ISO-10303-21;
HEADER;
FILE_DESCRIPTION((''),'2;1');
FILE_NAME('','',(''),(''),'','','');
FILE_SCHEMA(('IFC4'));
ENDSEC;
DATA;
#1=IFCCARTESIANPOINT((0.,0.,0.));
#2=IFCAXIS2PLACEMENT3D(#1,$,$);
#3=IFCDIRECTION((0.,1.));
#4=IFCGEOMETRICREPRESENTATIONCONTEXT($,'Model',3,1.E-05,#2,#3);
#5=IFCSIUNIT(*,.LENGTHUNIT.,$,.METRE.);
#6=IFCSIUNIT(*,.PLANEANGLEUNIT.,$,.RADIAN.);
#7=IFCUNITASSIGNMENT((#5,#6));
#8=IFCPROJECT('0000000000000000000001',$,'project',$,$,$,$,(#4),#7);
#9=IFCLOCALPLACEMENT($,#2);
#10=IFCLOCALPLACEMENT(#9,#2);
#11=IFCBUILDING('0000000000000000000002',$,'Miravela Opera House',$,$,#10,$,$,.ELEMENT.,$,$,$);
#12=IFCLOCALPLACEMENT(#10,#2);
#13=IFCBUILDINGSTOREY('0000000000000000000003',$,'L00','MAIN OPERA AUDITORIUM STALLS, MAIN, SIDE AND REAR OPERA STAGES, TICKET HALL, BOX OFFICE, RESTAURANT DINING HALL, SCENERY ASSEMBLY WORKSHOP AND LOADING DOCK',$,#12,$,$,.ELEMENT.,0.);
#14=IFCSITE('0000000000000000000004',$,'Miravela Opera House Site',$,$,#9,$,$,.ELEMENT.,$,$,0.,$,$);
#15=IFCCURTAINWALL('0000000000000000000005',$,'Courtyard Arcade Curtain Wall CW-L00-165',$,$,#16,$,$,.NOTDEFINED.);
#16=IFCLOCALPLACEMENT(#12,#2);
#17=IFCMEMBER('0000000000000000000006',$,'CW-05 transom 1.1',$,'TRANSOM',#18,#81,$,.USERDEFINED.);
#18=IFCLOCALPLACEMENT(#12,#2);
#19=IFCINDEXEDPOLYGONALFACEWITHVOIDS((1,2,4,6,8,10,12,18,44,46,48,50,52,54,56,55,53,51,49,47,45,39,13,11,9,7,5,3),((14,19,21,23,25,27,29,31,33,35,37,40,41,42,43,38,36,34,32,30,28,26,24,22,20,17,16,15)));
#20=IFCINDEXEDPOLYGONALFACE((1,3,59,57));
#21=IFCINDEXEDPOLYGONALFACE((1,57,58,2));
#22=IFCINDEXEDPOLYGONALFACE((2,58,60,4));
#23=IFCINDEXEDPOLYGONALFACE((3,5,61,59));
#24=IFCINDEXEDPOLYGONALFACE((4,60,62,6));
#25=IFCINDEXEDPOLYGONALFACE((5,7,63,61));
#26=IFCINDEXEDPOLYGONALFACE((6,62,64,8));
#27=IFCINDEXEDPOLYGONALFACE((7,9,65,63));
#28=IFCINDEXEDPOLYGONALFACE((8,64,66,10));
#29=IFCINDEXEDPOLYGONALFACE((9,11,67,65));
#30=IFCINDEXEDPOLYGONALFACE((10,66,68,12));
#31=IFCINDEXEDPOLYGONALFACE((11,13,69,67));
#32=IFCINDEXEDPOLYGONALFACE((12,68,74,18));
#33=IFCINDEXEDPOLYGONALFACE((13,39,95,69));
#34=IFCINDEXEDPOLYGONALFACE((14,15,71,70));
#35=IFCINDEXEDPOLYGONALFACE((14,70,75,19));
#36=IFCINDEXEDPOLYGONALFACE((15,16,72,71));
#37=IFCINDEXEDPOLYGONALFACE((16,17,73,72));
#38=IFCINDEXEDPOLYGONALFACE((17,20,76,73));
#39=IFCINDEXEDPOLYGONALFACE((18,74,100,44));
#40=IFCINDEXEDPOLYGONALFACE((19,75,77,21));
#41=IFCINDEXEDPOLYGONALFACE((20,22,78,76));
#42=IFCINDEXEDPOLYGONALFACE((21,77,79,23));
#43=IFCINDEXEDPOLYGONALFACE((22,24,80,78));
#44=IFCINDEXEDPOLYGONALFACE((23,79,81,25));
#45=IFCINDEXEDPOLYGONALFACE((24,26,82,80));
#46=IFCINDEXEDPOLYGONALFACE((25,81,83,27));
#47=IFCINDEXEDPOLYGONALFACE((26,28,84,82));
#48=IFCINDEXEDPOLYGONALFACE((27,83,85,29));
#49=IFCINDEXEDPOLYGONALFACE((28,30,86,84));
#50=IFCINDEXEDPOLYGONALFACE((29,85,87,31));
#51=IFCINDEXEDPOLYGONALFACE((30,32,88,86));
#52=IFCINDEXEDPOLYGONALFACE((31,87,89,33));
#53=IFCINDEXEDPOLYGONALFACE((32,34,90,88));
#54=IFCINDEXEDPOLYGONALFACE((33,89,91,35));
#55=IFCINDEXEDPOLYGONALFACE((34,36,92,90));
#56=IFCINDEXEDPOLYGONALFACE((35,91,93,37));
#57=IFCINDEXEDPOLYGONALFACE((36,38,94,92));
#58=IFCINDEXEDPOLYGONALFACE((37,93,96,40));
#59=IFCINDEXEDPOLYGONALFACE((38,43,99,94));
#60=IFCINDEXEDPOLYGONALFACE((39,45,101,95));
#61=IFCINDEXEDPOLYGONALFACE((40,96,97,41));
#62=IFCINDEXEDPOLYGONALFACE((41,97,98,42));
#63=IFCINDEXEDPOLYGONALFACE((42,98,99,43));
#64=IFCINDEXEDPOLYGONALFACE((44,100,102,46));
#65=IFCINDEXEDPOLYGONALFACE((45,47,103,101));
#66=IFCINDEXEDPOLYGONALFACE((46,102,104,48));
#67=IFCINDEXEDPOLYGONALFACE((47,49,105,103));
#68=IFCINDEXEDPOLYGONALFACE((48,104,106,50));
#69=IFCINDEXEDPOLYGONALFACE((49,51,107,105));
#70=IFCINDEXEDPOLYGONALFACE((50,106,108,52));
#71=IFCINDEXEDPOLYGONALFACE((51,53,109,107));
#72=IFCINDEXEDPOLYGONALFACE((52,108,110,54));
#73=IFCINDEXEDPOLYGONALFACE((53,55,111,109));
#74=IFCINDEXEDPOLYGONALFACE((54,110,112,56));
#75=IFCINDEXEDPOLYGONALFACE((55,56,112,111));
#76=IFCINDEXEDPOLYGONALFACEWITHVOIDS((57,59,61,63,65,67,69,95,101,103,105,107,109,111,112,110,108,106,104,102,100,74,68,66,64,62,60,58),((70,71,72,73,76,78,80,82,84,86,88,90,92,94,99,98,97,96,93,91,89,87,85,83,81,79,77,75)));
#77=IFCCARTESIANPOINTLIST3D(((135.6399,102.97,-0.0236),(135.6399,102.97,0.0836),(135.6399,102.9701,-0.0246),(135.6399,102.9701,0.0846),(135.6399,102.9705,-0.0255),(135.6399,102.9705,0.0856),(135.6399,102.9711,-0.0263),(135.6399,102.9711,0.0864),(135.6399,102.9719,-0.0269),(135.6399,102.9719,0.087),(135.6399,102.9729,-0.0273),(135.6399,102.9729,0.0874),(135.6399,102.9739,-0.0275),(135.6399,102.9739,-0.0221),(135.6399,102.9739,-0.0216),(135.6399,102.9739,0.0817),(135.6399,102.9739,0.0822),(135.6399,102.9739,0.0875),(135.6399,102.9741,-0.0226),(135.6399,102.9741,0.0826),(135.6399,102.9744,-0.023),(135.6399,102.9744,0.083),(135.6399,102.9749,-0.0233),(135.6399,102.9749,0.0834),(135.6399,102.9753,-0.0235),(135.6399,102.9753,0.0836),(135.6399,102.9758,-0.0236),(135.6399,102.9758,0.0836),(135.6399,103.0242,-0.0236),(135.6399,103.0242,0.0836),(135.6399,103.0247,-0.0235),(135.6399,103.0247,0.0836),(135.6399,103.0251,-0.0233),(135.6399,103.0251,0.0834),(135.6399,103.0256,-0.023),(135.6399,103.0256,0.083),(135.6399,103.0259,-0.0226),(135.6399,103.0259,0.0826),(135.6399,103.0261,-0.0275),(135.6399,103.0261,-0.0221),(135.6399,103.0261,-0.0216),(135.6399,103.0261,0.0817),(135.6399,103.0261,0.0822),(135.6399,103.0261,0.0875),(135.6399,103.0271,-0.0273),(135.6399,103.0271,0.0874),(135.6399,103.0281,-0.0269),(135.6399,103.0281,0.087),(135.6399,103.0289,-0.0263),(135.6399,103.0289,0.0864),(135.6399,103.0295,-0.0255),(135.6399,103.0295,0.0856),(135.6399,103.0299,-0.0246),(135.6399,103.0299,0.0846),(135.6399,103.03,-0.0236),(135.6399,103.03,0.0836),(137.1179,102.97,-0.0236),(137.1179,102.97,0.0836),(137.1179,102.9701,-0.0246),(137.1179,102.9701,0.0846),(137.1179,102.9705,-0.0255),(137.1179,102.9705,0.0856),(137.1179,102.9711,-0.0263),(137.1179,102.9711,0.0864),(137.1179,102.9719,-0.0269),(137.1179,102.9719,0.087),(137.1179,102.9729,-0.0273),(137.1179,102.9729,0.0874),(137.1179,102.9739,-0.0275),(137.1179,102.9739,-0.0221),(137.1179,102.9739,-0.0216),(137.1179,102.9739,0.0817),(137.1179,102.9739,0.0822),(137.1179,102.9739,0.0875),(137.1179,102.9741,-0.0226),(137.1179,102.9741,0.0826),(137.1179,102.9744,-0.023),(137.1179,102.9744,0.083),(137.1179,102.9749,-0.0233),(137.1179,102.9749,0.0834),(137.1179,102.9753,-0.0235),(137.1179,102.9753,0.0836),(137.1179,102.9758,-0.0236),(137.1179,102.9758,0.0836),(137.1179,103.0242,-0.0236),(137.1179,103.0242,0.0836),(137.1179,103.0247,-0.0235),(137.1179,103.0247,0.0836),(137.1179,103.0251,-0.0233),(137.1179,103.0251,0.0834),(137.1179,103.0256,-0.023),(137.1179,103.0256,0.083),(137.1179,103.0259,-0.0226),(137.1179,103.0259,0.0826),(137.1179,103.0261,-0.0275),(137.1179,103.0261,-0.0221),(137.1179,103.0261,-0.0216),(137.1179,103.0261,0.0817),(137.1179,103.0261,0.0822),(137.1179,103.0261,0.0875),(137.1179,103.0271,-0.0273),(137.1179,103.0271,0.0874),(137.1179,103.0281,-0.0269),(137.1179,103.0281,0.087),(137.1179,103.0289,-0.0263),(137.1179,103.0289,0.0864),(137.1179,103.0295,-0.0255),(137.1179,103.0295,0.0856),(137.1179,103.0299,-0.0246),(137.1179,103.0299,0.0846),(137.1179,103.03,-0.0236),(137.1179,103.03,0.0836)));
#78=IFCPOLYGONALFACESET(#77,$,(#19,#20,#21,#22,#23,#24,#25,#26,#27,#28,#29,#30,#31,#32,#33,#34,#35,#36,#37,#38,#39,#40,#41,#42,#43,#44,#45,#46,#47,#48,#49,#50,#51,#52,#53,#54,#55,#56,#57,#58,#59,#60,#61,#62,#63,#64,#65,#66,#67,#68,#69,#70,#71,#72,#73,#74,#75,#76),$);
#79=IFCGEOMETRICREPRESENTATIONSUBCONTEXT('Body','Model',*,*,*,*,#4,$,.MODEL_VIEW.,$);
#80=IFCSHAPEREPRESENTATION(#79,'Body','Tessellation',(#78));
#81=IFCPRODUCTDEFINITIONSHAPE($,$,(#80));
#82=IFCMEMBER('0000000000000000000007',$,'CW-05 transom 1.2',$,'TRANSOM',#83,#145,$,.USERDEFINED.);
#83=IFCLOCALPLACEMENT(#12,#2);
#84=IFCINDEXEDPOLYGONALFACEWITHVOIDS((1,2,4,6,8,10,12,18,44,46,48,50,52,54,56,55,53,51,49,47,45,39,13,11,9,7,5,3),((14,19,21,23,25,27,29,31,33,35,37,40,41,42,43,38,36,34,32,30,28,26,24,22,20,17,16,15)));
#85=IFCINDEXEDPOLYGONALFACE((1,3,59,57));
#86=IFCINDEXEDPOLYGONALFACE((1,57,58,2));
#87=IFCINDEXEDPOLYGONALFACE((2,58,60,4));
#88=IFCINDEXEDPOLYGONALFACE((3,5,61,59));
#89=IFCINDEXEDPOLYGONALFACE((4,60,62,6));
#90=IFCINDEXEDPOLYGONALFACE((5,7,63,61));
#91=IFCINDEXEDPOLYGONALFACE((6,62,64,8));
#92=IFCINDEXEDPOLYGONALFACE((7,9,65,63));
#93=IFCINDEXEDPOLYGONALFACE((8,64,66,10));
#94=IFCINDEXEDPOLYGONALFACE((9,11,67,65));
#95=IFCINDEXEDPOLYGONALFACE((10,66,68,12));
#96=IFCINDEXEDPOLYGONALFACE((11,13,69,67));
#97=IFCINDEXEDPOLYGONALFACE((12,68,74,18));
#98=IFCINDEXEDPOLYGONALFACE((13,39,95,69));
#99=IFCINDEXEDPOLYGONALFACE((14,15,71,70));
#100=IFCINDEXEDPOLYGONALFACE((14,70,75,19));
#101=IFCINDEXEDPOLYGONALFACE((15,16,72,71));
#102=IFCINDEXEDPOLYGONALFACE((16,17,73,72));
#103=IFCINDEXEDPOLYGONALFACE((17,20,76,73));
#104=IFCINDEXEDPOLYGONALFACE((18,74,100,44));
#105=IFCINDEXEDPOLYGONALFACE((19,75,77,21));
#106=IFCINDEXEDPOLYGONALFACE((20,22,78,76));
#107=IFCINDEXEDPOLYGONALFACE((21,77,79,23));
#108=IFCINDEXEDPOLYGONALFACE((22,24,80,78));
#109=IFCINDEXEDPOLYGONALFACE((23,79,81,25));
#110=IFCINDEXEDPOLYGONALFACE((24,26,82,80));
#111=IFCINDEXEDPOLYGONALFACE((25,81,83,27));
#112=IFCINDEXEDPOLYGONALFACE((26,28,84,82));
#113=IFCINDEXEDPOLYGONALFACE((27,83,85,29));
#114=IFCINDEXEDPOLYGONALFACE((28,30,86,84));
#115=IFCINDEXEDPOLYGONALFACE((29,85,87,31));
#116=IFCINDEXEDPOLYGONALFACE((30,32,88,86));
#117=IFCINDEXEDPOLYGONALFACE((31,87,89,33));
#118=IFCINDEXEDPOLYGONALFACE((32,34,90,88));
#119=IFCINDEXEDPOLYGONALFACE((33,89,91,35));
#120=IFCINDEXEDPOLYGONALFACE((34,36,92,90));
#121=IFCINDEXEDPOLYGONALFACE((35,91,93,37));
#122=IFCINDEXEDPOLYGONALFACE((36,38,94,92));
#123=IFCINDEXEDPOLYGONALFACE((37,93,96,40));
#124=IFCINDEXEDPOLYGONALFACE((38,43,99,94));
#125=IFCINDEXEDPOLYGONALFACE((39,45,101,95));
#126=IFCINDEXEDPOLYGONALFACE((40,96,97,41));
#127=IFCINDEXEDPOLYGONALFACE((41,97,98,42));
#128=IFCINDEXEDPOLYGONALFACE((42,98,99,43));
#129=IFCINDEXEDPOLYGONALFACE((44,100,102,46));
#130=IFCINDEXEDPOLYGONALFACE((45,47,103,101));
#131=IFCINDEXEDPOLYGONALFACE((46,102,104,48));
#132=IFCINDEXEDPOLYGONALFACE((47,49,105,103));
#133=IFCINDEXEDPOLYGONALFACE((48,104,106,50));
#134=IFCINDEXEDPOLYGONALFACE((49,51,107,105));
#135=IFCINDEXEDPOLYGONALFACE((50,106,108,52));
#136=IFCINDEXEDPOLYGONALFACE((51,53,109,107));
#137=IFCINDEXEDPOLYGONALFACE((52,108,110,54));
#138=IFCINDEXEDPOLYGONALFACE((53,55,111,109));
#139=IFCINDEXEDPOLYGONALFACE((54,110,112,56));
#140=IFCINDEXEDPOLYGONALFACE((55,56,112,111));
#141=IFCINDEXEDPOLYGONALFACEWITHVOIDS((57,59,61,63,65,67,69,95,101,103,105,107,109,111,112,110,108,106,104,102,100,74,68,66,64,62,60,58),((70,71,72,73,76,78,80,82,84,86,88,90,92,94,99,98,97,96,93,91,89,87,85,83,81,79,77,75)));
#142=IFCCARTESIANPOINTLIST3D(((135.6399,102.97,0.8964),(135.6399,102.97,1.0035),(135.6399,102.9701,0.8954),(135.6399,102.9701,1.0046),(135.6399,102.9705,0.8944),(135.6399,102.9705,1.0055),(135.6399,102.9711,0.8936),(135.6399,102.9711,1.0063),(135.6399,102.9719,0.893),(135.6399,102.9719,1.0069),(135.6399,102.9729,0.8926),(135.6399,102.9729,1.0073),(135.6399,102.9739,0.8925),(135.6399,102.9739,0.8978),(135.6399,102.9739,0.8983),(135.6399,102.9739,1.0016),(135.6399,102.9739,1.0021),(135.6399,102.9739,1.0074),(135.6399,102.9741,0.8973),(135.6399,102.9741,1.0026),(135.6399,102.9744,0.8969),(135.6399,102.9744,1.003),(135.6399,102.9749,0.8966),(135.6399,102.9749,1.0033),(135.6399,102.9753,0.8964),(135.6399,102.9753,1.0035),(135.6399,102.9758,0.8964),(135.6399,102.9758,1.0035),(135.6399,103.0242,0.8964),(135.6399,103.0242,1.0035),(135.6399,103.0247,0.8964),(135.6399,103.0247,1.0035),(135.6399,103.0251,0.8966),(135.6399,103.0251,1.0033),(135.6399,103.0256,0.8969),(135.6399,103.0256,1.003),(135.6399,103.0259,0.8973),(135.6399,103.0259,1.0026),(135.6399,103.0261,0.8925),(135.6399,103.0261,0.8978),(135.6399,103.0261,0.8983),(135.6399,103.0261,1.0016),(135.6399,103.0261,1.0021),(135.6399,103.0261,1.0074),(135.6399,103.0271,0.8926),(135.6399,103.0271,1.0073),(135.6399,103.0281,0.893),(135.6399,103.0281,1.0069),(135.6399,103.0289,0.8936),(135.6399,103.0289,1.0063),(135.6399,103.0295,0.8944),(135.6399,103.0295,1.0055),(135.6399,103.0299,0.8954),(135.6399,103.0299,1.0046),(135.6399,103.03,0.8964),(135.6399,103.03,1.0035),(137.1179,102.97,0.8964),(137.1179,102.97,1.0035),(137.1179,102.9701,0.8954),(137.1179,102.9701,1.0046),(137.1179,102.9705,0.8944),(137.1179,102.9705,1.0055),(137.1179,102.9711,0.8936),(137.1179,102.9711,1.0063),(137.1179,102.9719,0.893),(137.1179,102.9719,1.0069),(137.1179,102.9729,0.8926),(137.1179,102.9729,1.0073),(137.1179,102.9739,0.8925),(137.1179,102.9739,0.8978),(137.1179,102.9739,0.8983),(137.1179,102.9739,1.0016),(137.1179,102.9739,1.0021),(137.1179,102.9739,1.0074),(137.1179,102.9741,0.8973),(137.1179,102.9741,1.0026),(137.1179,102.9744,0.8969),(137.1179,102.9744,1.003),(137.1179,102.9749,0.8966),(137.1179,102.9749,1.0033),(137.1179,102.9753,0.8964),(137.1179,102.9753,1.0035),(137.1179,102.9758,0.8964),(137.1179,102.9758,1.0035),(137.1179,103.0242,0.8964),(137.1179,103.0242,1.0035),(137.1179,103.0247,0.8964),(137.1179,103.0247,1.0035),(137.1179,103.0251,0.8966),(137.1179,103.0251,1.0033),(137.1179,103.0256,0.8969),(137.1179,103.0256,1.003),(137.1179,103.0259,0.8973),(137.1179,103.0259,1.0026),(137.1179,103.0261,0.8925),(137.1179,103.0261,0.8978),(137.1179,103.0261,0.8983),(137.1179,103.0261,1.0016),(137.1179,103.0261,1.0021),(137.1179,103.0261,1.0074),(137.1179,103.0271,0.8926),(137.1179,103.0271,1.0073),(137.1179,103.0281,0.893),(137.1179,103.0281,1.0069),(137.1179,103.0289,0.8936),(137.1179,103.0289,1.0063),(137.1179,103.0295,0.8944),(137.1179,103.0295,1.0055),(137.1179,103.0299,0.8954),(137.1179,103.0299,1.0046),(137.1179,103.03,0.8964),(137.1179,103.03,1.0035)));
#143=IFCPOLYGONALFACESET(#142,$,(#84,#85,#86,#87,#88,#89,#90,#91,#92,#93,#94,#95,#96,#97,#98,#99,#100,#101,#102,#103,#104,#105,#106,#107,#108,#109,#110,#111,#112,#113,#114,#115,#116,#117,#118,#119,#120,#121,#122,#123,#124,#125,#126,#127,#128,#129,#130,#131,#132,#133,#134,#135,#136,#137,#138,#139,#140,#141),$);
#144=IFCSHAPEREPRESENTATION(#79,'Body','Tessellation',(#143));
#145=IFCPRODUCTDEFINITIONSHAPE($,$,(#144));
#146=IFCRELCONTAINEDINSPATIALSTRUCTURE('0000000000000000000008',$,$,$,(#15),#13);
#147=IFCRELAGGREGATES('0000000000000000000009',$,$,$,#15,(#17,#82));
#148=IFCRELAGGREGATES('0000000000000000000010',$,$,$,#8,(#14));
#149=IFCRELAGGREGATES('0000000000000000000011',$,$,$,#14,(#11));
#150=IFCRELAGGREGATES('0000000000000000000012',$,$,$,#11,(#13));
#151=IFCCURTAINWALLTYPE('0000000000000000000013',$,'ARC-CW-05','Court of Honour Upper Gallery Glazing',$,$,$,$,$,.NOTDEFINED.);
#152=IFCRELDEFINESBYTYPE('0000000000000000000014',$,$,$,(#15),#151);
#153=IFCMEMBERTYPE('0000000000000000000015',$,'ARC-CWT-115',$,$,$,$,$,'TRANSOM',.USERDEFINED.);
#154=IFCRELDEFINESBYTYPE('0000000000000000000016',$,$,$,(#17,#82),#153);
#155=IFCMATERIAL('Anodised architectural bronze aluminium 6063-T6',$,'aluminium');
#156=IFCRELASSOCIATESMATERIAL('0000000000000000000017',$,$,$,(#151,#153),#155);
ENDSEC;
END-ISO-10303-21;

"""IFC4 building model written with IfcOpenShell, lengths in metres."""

from ifc_helpers import new_model, si_unit, direction, frame, origin, origin_2d, place, context, subcontext, project, spatial, hollow_rectangle, extrude, material, material_profile, profile_set, type_object, element, aggregate, save


model = new_model("IFC4")

# Units and contexts
model_context = context("Model", 3, precision=1e-05, world=origin(), true_north=direction((0.0, 1.0)))
body_context = subcontext(model_context, "Body", "Model", "MODEL_VIEW")
ifc_project = project(units=[si_unit("LENGTHUNIT", "METRE"), si_unit("PLANEANGLEUNIT", "RADIAN")], contexts=[model_context])

# Site, building, storey
site_placement = place(None, origin())
site = spatial("IfcSite", under=ifc_project, at=site_placement, Name="Miravela Opera House Site", CompositionType="ELEMENT", RefElevation=0.0)
building_placement = place(site_placement, origin())
building = spatial("IfcBuilding", under=site, at=building_placement, Name="Miravela Opera House", CompositionType="ELEMENT")
storey_placement = place(building_placement, origin())
storey = spatial("IfcBuildingStorey", under=building, at=storey_placement, Name="L00", Description="MAIN OPERA AUDITORIUM STALLS, MAIN, SIDE AND REAR OPERA STAGES, TICKET HALL, BOX OFFICE, RESTAURANT DINING HALL, SCENERY ASSEMBLY WORKSHOP AND LOADING DOCK", CompositionType="ELEMENT", Elevation=0.0)

# Curtain wall
ifc_material_1 = material(Name="Anodised architectural bronze aluminium 6063-T6", Category="aluminium")
curtain_wall_type = type_object("IfcCurtainWallType", Name="ARC-CW-05", Description="Court of Honour Upper Gallery Glazing", PredefinedType="NOTDEFINED", material=ifc_material_1)
curtain_wall_1_placement = place(storey_placement, origin())
curtain_wall_1 = element("IfcCurtainWall", 1, at=curtain_wall_1_placement, inside=storey, type_object=curtain_wall_type, Name="Courtyard Arcade Curtain Wall CW-L00-165", PredefinedType="NOTDEFINED")

# Members
ifc_material_profile_1 = material_profile(ifc_material_1, hollow_rectangle(XDim=0.0601, YDim=0.115, WallThickness=0.0039, InnerFilletRadius=0.002, OuterFilletRadius=0.0039, at=origin_2d()), Name="CWT-60X115")
ifc_profile_set_1 = profile_set([ifc_material_profile_1])
member_type_1 = type_object("IfcMemberType", Name="ARC-CWT-115", ElementType="TRANSOM", PredefinedType="USERDEFINED", material=ifc_profile_set_1)
member_1_placement = place(storey_placement, frame((135.6399, 103.0, 0.03), z_axis=(1.0, 0.0, 0.0), x_axis=(0.0, 1.0, 0.0)))
member_1 = element("IfcMember", 2, at=member_1_placement, type_object=member_type_1, Name="CW-05 transom 1.1", ObjectType="TRANSOM", PredefinedType="USERDEFINED", context=body_context, shape_type="SweptSolid", body=[
    extrude(hollow_rectangle(XDim=0.0601, YDim=0.115, WallThickness=0.0039, InnerFilletRadius=0.002, OuterFilletRadius=0.0039, at=origin_2d()), origin(), (0.0, 0.0, 1.0), 1.478),
])
member_2_placement = place(storey_placement, frame((135.6399, 103.0, 0.95), z_axis=(1.0, 0.0, 0.0), x_axis=(0.0, 1.0, 0.0)))
member_2 = element("IfcMember", 3, at=member_2_placement, type_object=member_type_1, Name="CW-05 transom 1.2", ObjectType="TRANSOM", PredefinedType="USERDEFINED", context=body_context, shape_type="SweptSolid", body=[
    extrude(hollow_rectangle(XDim=0.0601, YDim=0.115, WallThickness=0.0039, InnerFilletRadius=0.002, OuterFilletRadius=0.0039, at=origin_2d()), origin(), (0.0, 0.0, 1.0), 1.478),
])

aggregate(curtain_wall_1, [member_1, member_2])

save(model, "model.ifc")
